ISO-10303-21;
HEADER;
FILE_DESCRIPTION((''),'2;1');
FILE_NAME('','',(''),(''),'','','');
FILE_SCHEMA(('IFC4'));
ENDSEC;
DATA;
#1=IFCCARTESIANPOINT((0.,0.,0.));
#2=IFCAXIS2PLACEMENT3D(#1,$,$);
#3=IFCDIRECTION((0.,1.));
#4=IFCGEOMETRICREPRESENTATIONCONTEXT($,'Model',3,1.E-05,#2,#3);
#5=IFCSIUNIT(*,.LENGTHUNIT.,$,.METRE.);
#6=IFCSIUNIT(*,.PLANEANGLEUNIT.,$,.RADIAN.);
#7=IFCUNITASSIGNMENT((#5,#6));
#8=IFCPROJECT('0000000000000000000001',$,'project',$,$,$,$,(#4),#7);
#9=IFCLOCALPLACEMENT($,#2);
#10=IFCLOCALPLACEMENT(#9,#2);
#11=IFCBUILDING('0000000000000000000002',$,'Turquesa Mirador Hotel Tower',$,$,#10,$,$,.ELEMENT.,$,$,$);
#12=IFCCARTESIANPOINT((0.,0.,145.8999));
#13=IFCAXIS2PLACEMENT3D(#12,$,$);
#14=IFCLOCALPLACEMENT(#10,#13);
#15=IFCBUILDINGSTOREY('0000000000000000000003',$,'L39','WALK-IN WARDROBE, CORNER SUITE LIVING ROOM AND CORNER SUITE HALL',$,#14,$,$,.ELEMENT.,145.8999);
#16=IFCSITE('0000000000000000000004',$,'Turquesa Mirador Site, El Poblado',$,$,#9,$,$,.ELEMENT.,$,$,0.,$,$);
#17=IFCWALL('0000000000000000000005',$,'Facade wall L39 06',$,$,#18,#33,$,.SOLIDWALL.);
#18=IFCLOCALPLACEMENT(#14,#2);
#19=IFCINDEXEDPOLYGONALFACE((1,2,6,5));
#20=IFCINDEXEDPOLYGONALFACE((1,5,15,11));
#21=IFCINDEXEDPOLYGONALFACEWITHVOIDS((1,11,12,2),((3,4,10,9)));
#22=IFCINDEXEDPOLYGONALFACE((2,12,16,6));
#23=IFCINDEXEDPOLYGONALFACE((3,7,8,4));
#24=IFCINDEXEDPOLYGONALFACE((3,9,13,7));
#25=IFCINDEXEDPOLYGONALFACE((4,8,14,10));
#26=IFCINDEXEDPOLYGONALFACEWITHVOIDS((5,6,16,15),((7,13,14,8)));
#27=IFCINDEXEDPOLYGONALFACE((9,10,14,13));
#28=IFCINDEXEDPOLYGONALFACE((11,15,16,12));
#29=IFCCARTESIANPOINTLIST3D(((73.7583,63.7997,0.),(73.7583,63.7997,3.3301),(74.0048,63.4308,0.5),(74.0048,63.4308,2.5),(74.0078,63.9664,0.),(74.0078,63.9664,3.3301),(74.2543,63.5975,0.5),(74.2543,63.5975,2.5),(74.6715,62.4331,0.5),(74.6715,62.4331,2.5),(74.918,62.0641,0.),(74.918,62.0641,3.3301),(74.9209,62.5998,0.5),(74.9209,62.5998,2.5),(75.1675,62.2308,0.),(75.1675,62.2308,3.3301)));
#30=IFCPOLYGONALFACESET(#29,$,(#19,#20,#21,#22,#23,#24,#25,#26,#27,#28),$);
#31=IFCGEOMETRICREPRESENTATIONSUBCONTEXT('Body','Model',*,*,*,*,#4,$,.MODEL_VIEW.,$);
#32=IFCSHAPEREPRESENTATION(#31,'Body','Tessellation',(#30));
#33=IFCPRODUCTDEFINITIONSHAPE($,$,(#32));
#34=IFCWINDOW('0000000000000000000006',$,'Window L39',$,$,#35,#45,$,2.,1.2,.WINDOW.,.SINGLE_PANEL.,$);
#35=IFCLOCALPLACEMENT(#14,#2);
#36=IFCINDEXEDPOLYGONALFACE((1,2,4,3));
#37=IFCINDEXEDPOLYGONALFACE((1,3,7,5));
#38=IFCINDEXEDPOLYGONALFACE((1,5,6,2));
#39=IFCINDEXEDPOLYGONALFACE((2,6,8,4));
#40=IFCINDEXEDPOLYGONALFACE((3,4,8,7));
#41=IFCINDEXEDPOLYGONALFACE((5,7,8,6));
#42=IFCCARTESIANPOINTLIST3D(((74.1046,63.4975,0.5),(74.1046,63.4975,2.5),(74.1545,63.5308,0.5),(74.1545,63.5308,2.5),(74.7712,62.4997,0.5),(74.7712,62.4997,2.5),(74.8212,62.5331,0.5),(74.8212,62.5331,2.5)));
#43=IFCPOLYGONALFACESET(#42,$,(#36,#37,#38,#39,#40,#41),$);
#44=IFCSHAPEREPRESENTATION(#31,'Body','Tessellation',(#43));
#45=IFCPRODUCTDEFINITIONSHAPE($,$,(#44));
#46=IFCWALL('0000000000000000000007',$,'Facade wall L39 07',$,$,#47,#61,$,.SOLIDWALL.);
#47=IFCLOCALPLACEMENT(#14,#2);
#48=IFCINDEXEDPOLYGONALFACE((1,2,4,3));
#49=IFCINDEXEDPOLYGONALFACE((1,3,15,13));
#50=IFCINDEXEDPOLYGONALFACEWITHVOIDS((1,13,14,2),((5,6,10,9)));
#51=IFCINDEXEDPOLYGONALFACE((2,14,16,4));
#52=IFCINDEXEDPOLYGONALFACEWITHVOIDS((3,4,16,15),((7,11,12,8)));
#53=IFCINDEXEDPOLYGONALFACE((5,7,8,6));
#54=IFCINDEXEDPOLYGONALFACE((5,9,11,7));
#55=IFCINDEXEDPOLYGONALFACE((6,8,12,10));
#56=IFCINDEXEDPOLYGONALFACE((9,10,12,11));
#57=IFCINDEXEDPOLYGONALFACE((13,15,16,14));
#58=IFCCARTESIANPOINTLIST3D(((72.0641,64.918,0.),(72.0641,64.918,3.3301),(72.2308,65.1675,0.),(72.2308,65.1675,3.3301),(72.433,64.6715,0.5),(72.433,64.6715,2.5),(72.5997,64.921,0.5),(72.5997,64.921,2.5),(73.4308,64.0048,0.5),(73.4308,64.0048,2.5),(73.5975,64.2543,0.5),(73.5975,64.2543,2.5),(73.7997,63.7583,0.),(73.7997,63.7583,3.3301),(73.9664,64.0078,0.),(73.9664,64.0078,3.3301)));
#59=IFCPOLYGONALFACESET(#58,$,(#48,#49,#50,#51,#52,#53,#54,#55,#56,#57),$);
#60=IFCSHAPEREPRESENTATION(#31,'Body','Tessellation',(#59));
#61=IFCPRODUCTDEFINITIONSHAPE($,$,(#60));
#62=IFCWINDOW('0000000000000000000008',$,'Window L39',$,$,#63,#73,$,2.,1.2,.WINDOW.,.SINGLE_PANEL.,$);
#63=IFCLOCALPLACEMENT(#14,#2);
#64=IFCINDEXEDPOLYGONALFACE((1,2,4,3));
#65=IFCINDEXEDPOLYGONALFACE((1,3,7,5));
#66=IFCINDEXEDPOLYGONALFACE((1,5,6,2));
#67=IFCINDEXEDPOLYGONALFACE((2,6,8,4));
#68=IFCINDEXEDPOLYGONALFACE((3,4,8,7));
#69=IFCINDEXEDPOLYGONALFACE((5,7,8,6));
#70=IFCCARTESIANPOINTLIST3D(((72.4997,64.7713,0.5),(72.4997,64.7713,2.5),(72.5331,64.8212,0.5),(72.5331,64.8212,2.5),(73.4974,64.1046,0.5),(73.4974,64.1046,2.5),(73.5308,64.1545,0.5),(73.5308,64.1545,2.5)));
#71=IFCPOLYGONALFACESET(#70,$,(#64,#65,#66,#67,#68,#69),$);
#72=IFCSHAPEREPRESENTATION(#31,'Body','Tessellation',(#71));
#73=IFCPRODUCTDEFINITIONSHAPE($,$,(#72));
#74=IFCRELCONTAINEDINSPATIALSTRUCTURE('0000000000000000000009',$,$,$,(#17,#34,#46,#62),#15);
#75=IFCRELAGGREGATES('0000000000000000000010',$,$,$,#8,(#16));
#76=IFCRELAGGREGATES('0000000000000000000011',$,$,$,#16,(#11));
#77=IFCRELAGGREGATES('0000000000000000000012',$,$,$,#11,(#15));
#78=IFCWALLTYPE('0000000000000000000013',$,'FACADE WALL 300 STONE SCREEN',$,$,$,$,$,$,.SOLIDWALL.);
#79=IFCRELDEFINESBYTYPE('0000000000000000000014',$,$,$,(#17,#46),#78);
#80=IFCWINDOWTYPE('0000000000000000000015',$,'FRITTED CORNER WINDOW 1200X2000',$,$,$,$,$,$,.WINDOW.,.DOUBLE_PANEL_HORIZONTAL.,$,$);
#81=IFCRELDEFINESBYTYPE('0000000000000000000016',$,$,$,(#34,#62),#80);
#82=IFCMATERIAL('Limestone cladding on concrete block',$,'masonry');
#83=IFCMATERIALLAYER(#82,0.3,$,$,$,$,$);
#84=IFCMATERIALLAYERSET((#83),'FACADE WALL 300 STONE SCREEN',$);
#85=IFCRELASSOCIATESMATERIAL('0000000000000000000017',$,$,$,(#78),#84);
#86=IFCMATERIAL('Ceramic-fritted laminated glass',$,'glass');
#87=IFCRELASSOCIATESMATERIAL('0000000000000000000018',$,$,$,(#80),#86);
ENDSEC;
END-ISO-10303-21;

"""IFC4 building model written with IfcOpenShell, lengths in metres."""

from ifc_helpers import new_model, si_unit, direction, frame, frame_2d, origin, place, context, subcontext, project, spatial, rectangle, extrude, material, layer, layer_set, type_object, element, fill, save


model = new_model("IFC4")

# Units and contexts
model_context = context("Model", 3, precision=1e-05, world=origin(), true_north=direction((0.0, 1.0)))
body_context = subcontext(model_context, "Body", "Model", "MODEL_VIEW")
ifc_project = project(units=[si_unit("LENGTHUNIT", "METRE"), si_unit("PLANEANGLEUNIT", "RADIAN")], contexts=[model_context])

# Site, building, storey
site_placement = place(None, origin())
site = spatial("IfcSite", under=ifc_project, at=site_placement, Name="Turquesa Mirador Site, El Poblado", CompositionType="ELEMENT", RefElevation=0.0)
building_placement = place(site_placement, origin())
building = spatial("IfcBuilding", under=site, at=building_placement, Name="Turquesa Mirador Hotel Tower", CompositionType="ELEMENT")
storey_placement = place(building_placement, frame((0.0, 0.0, 145.8999)))
storey = spatial("IfcBuildingStorey", under=building, at=storey_placement, Name="L39", Description="WALK-IN WARDROBE, CORNER SUITE LIVING ROOM AND CORNER SUITE HALL", CompositionType="ELEMENT", Elevation=145.8999)

# Walls, openings, windows
ifc_material_1 = material(Name="Limestone cladding on concrete block", Category="masonry")
ifc_layer = layer(ifc_material_1, 0.3)
ifc_layer_set = layer_set([ifc_layer], Name="FACADE WALL 300 STONE SCREEN")
wall_type = type_object("IfcWallType", Name="FACADE WALL 300 STONE SCREEN", PredefinedType="SOLIDWALL", material=ifc_layer_set)
wall_1_placement = place(storey_placement, frame((75.0427, 62.1475, 0.0), z_axis=(0.0, 0.0, 1.0), x_axis=(-0.555564, 0.831474, 0.0)))
wall_1 = element("IfcWall", 1, at=wall_1_placement, inside=storey, type_object=wall_type, Name="Facade wall L39 06", PredefinedType="SOLIDWALL", context=body_context, shape_type="SweptSolid", body=[
    extrude(rectangle(XDim=2.0874, YDim=0.3, at=frame_2d((1.0437, 0.0))), origin(), (0.0, 0.0, 1.0), 3.3301),
])
opening_1_placement = place(wall_1_placement, frame((0.4436, 0.0, 0.5)))
opening_1 = element("IfcOpeningElement", 2, at=opening_1_placement, cuts=wall_1, PredefinedType="OPENING", context=body_context, shape_type="SweptSolid", body=[
    extrude(rectangle(XDim=1.2, YDim=2.0, at=frame_2d((0.6001, 1.0))), frame((0.0, 0.1599, 0.0), z_axis=(0.0, -1.0, 0.0), x_axis=(1.0, 0.0, 0.0)), (0.0, 0.0, 1.0), 0.3201),
])
ifc_material_2 = material(Name="Ceramic-fritted laminated glass", Category="glass")
window_type_1 = type_object("IfcWindowType", Name="FRITTED CORNER WINDOW 1200X2000", PartitioningType="DOUBLE_PANEL_HORIZONTAL", PredefinedType="WINDOW", material=ifc_material_2)
window_1_placement = place(opening_1_placement, origin())
window_1 = element("IfcWindow", 3, at=window_1_placement, inside=storey, type_object=window_type_1, Name="Window L39", OverallHeight=2.0, OverallWidth=1.2, PartitioningType="SINGLE_PANEL", PredefinedType="WINDOW", context=body_context, shape_type="SweptSolid", body=[
    extrude(rectangle(XDim=1.2, YDim=2.0, at=frame_2d((0.6001, 1.0))), frame((0.0, 0.03, 0.0), z_axis=(0.0, -1.0, 0.0), x_axis=(1.0, 0.0, 0.0)), (0.0, 0.0, 1.0), 0.0601),
])
fill(opening_1, window_1)
wall_2_placement = place(storey_placement, frame((73.8831, 63.8831, 0.0), z_axis=(0.0, 0.0, 1.0), x_axis=(-0.831474, 0.555564, 0.0)))
wall_2 = element("IfcWall", 4, at=wall_2_placement, inside=storey, type_object=wall_type, Name="Facade wall L39 07", PredefinedType="SOLIDWALL", context=body_context, shape_type="SweptSolid", body=[
    extrude(rectangle(XDim=2.0874, YDim=0.3, at=frame_2d((1.0437, 0.0))), origin(), (0.0, 0.0, 1.0), 3.3301),
])
opening_2_placement = place(wall_2_placement, frame((0.4436, 0.0, 0.5)))
opening_2 = element("IfcOpeningElement", 5, at=opening_2_placement, cuts=wall_2, PredefinedType="OPENING", context=body_context, shape_type="SweptSolid", body=[
    extrude(rectangle(XDim=1.2, YDim=2.0, at=frame_2d((0.6001, 1.0))), frame((0.0, 0.1599, 0.0), z_axis=(0.0, -1.0, 0.0), x_axis=(1.0, 0.0, 0.0)), (0.0, 0.0, 1.0), 0.3201),
])
window_2_placement = place(opening_2_placement, origin())
window_2 = element("IfcWindow", 6, at=window_2_placement, inside=storey, type_object=window_type_1, Name="Window L39", OverallHeight=2.0, OverallWidth=1.2, PartitioningType="SINGLE_PANEL", PredefinedType="WINDOW", context=body_context, shape_type="SweptSolid", body=[
    extrude(rectangle(XDim=1.2, YDim=2.0, at=frame_2d((0.6001, 1.0))), frame((0.0, 0.03, 0.0), z_axis=(0.0, -1.0, 0.0), x_axis=(1.0, 0.0, 0.0)), (0.0, 0.0, 1.0), 0.0601),
])
fill(opening_2, window_2)

save(model, "model.ifc")
